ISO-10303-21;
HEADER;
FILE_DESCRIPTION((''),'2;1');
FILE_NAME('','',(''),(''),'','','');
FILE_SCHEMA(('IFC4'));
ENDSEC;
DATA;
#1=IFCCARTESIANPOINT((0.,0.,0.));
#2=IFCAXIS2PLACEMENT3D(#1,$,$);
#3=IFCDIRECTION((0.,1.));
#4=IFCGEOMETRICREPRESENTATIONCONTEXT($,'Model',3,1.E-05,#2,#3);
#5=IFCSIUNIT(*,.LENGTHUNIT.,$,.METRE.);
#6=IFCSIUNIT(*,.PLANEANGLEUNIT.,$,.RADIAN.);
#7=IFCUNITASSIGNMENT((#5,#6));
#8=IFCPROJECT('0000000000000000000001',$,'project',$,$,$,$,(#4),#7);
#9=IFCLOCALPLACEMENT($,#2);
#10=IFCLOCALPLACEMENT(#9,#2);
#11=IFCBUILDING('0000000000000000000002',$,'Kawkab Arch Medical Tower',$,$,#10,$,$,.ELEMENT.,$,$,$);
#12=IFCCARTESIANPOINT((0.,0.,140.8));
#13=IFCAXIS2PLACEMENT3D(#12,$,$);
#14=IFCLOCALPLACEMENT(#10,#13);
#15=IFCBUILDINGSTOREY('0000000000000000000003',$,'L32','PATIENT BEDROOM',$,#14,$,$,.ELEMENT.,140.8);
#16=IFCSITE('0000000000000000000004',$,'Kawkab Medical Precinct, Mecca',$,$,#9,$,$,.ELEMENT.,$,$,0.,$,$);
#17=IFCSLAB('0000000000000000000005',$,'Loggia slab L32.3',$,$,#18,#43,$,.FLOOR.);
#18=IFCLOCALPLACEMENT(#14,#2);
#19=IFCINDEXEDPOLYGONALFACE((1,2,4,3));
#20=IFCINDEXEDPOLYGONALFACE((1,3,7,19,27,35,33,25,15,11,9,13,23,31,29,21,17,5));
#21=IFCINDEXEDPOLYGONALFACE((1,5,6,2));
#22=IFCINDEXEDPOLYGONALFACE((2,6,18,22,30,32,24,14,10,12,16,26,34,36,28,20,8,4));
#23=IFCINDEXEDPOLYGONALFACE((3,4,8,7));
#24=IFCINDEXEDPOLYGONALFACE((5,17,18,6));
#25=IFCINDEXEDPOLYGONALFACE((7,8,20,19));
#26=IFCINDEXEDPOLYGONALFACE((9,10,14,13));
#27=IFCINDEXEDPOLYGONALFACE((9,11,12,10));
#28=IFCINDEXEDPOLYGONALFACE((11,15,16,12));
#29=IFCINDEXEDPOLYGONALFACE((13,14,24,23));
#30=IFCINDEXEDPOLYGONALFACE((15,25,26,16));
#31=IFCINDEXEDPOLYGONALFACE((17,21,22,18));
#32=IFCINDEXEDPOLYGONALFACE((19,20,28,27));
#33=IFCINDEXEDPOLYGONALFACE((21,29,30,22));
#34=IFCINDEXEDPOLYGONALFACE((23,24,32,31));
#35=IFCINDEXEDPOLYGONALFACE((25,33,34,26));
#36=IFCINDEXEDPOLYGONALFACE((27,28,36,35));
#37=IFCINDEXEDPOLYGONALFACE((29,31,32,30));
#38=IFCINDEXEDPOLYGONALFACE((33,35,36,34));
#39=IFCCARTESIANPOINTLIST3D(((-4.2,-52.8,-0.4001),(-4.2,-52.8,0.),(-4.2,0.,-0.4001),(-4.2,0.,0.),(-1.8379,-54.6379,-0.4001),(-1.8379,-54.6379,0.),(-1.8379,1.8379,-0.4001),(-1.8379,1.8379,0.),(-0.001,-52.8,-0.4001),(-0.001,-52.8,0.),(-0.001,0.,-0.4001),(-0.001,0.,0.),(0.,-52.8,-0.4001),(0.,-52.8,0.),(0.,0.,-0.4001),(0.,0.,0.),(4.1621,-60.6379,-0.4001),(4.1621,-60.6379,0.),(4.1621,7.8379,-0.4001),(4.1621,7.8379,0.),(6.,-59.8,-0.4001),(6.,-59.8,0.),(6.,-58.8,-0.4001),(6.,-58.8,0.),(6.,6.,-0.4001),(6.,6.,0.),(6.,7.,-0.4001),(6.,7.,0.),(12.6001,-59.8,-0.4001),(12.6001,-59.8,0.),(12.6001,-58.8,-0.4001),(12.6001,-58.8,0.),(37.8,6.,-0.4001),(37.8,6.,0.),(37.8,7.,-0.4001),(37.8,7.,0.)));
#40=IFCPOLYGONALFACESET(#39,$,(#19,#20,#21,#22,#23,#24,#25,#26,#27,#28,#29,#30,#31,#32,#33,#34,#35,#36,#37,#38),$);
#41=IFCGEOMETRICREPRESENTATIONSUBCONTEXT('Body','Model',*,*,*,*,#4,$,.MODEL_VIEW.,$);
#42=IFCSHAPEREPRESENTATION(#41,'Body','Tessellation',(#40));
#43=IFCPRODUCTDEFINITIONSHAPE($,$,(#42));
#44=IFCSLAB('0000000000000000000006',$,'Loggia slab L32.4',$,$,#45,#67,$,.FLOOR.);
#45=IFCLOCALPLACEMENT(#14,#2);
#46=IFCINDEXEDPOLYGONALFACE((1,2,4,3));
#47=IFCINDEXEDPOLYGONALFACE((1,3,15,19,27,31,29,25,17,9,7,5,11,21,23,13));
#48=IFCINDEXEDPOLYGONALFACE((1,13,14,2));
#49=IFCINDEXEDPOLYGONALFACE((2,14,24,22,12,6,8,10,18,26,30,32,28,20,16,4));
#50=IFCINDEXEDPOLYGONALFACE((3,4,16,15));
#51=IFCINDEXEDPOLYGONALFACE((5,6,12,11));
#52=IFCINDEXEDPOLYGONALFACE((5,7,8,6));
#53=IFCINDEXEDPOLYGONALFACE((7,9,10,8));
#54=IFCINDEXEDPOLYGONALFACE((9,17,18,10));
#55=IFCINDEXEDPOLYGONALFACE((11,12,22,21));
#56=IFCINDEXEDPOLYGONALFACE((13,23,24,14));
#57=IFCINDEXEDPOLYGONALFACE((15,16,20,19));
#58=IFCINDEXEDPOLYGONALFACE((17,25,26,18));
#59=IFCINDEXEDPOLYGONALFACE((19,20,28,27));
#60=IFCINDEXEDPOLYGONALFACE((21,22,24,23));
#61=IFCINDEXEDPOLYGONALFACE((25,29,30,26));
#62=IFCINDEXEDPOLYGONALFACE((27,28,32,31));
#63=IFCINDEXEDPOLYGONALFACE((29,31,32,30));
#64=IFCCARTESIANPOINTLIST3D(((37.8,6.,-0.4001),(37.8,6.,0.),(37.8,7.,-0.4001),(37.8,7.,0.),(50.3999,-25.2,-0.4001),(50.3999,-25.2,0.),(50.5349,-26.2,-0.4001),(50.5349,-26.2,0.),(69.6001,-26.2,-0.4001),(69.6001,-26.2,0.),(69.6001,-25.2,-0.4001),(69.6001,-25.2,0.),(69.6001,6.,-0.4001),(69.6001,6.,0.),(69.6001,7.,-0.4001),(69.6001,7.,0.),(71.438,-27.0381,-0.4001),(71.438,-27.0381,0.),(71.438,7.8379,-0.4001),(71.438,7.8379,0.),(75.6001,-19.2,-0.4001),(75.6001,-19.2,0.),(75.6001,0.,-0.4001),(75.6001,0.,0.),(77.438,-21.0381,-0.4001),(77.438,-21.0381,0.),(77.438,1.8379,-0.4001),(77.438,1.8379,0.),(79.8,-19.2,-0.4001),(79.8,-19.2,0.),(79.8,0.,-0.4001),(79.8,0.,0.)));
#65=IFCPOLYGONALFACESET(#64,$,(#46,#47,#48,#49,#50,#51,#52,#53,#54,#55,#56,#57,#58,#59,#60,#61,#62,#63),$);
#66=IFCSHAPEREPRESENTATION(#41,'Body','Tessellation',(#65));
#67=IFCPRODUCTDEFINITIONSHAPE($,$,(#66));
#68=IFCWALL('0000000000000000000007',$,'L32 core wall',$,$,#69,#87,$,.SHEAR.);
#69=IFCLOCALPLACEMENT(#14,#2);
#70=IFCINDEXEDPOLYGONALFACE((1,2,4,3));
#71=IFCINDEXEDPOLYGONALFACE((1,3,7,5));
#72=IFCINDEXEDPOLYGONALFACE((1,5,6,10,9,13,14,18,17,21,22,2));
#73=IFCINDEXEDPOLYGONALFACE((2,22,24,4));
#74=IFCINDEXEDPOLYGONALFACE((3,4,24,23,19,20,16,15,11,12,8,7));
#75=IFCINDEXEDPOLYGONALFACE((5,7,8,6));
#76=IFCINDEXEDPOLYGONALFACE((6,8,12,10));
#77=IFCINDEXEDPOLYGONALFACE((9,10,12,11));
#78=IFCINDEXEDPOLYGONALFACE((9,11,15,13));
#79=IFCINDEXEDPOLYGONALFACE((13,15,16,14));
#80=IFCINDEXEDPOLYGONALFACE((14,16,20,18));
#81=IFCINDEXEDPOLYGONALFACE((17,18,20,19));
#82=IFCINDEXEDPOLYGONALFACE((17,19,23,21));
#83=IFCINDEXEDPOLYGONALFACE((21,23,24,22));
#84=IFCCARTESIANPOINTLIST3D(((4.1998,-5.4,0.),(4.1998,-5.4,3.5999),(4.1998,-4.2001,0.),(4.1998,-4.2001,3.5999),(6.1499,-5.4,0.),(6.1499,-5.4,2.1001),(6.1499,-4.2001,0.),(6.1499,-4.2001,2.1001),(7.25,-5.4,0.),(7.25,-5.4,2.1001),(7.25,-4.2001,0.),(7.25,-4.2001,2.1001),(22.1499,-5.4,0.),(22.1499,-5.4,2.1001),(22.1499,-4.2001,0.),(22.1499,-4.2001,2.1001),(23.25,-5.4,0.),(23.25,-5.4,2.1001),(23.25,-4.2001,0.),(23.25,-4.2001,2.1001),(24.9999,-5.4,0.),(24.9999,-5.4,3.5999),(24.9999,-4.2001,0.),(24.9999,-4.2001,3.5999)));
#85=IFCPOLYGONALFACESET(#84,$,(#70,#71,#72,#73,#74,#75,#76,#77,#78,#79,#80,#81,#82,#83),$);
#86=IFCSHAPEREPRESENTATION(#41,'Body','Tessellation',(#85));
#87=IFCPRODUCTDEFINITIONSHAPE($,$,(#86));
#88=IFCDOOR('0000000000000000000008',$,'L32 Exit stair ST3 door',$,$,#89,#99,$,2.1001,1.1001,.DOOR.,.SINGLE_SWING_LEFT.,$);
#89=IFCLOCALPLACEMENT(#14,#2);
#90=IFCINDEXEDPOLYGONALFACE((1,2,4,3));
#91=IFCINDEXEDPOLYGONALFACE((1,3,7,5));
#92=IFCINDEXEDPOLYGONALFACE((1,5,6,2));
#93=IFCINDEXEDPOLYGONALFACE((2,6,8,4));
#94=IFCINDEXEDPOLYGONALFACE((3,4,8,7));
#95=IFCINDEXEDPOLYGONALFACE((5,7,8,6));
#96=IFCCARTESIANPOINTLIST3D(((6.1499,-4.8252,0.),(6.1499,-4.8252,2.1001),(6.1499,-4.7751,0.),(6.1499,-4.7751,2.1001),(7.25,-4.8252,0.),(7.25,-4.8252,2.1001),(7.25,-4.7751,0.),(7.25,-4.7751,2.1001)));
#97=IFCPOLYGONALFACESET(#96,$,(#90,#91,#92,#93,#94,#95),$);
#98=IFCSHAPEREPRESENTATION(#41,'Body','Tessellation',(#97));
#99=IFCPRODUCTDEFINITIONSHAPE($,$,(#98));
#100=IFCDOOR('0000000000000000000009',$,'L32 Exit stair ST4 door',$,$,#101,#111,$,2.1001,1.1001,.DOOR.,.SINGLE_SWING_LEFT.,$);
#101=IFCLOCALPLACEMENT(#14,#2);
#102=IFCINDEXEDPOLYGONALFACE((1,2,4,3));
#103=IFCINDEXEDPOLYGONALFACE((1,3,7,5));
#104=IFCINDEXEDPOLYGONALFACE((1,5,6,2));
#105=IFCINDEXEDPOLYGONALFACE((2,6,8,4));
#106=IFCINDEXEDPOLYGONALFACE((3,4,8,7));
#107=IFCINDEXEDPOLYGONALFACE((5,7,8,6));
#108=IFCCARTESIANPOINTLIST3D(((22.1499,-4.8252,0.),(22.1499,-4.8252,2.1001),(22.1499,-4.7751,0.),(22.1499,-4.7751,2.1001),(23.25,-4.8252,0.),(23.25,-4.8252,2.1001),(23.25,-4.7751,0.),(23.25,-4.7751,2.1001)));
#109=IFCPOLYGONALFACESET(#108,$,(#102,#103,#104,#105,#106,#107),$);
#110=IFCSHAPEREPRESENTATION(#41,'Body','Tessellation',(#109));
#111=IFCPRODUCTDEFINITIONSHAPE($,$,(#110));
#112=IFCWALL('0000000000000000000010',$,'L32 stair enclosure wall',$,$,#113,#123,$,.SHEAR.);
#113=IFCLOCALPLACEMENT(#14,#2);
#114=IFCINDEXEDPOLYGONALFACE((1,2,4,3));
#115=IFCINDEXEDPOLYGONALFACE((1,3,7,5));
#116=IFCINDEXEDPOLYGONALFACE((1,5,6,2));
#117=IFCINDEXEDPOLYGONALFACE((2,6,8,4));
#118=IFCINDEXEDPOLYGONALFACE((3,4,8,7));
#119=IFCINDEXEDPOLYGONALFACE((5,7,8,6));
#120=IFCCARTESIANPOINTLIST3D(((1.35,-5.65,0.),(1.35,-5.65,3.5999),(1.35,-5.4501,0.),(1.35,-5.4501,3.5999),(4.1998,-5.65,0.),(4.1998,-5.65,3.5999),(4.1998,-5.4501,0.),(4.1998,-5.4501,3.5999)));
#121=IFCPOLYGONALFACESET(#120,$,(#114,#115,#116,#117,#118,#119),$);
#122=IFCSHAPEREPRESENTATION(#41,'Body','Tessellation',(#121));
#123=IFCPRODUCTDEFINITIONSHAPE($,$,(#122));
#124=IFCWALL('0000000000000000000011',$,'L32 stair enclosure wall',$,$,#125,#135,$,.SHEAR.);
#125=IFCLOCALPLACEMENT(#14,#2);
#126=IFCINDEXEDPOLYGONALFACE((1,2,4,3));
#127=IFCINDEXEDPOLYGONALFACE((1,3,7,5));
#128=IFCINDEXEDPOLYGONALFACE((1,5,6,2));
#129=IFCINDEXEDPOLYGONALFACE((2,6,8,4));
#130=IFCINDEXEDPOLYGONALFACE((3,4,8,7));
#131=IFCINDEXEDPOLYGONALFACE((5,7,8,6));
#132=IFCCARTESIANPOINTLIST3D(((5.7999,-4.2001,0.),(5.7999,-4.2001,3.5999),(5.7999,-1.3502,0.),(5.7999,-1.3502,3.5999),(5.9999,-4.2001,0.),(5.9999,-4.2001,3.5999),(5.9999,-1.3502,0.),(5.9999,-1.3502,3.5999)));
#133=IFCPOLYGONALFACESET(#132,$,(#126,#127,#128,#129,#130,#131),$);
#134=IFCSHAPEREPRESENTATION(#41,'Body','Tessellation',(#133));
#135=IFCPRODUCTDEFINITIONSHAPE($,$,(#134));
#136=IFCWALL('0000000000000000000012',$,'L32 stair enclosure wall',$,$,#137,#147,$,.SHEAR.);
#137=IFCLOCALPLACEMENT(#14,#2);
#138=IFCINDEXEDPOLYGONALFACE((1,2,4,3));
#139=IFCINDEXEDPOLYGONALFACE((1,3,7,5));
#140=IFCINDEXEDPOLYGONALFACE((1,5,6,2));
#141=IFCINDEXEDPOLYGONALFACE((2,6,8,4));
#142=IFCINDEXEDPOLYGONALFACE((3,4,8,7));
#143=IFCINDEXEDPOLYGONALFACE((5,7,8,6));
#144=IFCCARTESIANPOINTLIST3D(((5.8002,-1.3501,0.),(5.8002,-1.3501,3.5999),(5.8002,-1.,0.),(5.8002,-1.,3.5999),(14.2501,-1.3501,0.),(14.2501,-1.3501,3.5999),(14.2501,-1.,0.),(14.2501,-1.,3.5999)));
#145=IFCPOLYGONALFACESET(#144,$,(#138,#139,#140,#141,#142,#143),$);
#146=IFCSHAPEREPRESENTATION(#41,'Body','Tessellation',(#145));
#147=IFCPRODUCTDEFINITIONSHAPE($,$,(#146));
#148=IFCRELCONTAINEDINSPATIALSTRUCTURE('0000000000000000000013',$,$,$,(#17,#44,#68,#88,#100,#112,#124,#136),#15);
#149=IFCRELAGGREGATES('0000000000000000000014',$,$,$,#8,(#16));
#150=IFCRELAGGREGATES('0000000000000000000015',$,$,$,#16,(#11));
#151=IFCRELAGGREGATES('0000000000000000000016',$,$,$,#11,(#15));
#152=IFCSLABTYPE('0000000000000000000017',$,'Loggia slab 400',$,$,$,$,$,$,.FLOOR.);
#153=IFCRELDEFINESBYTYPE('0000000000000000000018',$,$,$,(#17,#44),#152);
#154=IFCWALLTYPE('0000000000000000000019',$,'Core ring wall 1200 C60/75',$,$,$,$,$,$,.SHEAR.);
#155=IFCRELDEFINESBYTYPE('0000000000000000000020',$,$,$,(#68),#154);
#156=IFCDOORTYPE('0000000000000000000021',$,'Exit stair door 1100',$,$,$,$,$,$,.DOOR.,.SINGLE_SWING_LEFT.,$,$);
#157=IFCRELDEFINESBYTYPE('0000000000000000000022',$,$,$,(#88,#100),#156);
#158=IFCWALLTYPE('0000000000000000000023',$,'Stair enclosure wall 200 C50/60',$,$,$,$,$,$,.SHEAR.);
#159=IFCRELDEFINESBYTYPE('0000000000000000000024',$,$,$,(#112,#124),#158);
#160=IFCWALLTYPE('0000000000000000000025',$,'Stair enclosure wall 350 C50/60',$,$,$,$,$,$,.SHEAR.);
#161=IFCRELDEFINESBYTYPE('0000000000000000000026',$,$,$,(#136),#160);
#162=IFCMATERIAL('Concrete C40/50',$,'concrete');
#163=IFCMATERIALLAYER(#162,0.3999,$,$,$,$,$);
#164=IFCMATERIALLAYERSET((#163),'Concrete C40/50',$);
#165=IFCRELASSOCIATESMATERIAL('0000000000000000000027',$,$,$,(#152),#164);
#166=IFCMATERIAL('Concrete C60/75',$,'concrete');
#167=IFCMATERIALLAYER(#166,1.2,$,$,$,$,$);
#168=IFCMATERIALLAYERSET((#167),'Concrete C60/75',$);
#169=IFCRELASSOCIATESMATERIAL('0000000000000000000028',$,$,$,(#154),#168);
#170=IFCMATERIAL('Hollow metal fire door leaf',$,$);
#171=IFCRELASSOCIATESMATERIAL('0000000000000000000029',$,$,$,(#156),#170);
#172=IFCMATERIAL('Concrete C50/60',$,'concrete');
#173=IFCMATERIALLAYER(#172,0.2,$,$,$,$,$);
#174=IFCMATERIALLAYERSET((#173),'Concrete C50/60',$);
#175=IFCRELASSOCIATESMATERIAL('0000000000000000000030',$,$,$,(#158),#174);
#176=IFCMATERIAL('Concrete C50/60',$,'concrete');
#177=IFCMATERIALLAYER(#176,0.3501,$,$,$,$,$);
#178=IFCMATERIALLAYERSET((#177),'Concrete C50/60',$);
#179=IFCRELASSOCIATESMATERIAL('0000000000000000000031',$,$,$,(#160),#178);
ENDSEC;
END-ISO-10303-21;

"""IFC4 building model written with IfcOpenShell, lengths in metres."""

from ifc_helpers import new_model, si_unit, direction, frame, frame_2d, origin, place, context, subcontext, project, spatial, polyline, rectangle, outline, extrude, material, layer, layer_set, type_object, element, fill, save


model = new_model("IFC4")

# Units and contexts
model_context = context("Model", 3, precision=1e-05, world=origin(), true_north=direction((0.0, 1.0)))
body_context = subcontext(model_context, "Body", "Model", "MODEL_VIEW")
ifc_project = project(units=[si_unit("LENGTHUNIT", "METRE"), si_unit("PLANEANGLEUNIT", "RADIAN")], contexts=[model_context])

# Site, building, storey
site_placement = place(None, origin())
site = spatial("IfcSite", under=ifc_project, at=site_placement, Name="Kawkab Medical Precinct, Mecca", CompositionType="ELEMENT", RefElevation=0.0)
building_placement = place(site_placement, origin())
building = spatial("IfcBuilding", under=site, at=building_placement, Name="Kawkab Arch Medical Tower", CompositionType="ELEMENT")
storey_placement = place(building_placement, frame((0.0, 0.0, 140.8)))
storey = spatial("IfcBuildingStorey", under=building, at=storey_placement, Name="L32", Description="PATIENT BEDROOM", CompositionType="ELEMENT", Elevation=140.8)

# Slabs
ifc_material_1 = material(Name="Concrete C40/50", Category="concrete")
ifc_layer_1 = layer(ifc_material_1, 0.3999)
ifc_layer_set_1 = layer_set([ifc_layer_1], Name="Concrete C40/50")
slab_type_1 = type_object("IfcSlabType", Name="Loggia slab 400", PredefinedType="FLOOR", material=ifc_layer_set_1)
placement_1 = place(storey_placement, frame((0.0, 0.0, -0.4001)))
element("IfcSlab", 1, at=placement_1, inside=storey, type_object=slab_type_1, Name="Loggia slab L32.3", PredefinedType="FLOOR", context=body_context, shape_type="SweptSolid", body=[
    extrude(outline(polyline([(-4.2, 0.0), (-1.8379, 1.8379), (4.1621, 7.8379), (6.0, 7.0), (37.8, 7.0), (37.8, 6.0), (6.0, 6.0), (0.0, 0.0), (-0.001, 0.0), (-0.001, -52.8), (0.0, -52.8), (6.0, -58.8), (12.6001, -58.8), (12.6001, -59.8), (6.0, -59.8), (4.1621, -60.6379), (-1.8379, -54.6379), (-4.2, -52.8), (-4.2, 0.0)])), origin(), (0.0, 0.0, 1.0), 0.4001),
])
element("IfcSlab", 2, at=placement_1, inside=storey, type_object=slab_type_1, Name="Loggia slab L32.4", PredefinedType="FLOOR", context=body_context, shape_type="SweptSolid", body=[
    extrude(outline(polyline([(37.8, 7.0), (69.6001, 7.0), (71.438, 7.8379), (77.438, 1.8379), (79.8, 0.0), (79.8, -19.2), (77.438, -21.0381), (71.438, -27.0381), (69.6001, -26.2), (50.5349, -26.2), (50.3999, -25.2), (69.6001, -25.2), (75.6001, -19.2), (75.6001, 0.0), (69.6001, 6.0), (37.8, 6.0), (37.8, 7.0)])), origin(), (0.0, 0.0, 1.0), 0.4001),
])

# Wall, openings, doors
ifc_material_2 = material(Name="Concrete C60/75", Category="concrete")
ifc_layer_2 = layer(ifc_material_2, 1.2)
ifc_layer_set_2 = layer_set([ifc_layer_2], Name="Concrete C60/75")
wall_type_1 = type_object("IfcWallType", Name="Core ring wall 1200 C60/75", PredefinedType="SHEAR", material=ifc_layer_set_2)
wall_1_placement = place(storey_placement, frame((4.2, -4.8, 0.0), z_axis=(0.0, 0.0, 1.0), x_axis=(1.0, 0.0, 0.0)))
wall_1 = element("IfcWall", 3, at=wall_1_placement, inside=storey, type_object=wall_type_1, Name="L32 core wall", PredefinedType="SHEAR", context=body_context, shape_type="SweptSolid", body=[
    extrude(rectangle(XDim=20.8, YDim=1.2, at=frame_2d((10.3999, 0.0))), origin(), (0.0, 0.0, 1.0), 3.5999),
])
opening_1_placement = place(wall_1_placement, frame((1.95, 0.0, 0.0)))
opening_1 = element("IfcOpeningElement", 4, at=opening_1_placement, cuts=wall_1, PredefinedType="OPENING", context=body_context, shape_type="SweptSolid", body=[
    extrude(rectangle(XDim=1.1001, YDim=2.1001, at=frame_2d((0.55, 1.05))), frame((0.0, 0.6099, 0.0), z_axis=(0.0, -1.0, 0.0), x_axis=(1.0, 0.0, 0.0)), (0.0, 0.0, 1.0), 1.22),
])
opening_2_placement = place(wall_1_placement, frame((17.95, 0.0, 0.0)))
opening_2 = element("IfcOpeningElement", 5, at=opening_2_placement, cuts=wall_1, PredefinedType="OPENING", context=body_context, shape_type="SweptSolid", body=[
    extrude(rectangle(XDim=1.1001, YDim=2.1001, at=frame_2d((0.55, 1.05))), frame((0.0, 0.6099, 0.0), z_axis=(0.0, -1.0, 0.0), x_axis=(1.0, 0.0, 0.0)), (0.0, 0.0, 1.0), 1.22),
])
ifc_material_3 = material(Name="Hollow metal fire door leaf")
door_type = type_object("IfcDoorType", Name="Exit stair door 1100", OperationType="SINGLE_SWING_LEFT", PredefinedType="DOOR", material=ifc_material_3)
door_1_placement = place(opening_1_placement, origin())
door_1 = element("IfcDoor", 6, at=door_1_placement, inside=storey, type_object=door_type, Name="L32 Exit stair ST3 door", OperationType="SINGLE_SWING_LEFT", OverallHeight=2.1001, OverallWidth=1.1001, PredefinedType="DOOR", context=body_context, shape_type="SweptSolid", body=[
    extrude(rectangle(XDim=1.1001, YDim=2.1001, at=frame_2d((0.55, 1.05))), frame((0.0, 0.0249, 0.0), z_axis=(0.0, -1.0, 0.0), x_axis=(1.0, 0.0, 0.0)), (0.0, 0.0, 1.0), 0.05),
])
fill(opening_1, door_1)
door_2_placement = place(opening_2_placement, origin())
door_2 = element("IfcDoor", 7, at=door_2_placement, inside=storey, type_object=door_type, Name="L32 Exit stair ST4 door", OperationType="SINGLE_SWING_LEFT", OverallHeight=2.1001, OverallWidth=1.1001, PredefinedType="DOOR", context=body_context, shape_type="SweptSolid", body=[
    extrude(rectangle(XDim=1.1001, YDim=2.1001, at=frame_2d((0.55, 1.05))), frame((0.0, 0.0249, 0.0), z_axis=(0.0, -1.0, 0.0), x_axis=(1.0, 0.0, 0.0)), (0.0, 0.0, 1.0), 0.05),
])
fill(opening_2, door_2)

# Walls
ifc_material_4 = material(Name="Concrete C50/60", Category="concrete")
ifc_layer_3 = layer(ifc_material_4, 0.2)
ifc_layer_set_3 = layer_set([ifc_layer_3], Name="Concrete C50/60")
wall_type_2 = type_object("IfcWallType", Name="Stair enclosure wall 200 C50/60", PredefinedType="SHEAR", material=ifc_layer_set_3)
for number, where, z_axis, x_axis, name in (
    (8, (1.3501, -5.55, 0.0), (0.0, 0.0, 1.0), (1.0, 0.0, 0.0), "L32 stair enclosure wall"),
    (9, (5.8999, -4.2, 0.0), (0.0, 0.0, 1.0), (0.0, 1.0, 0.0), "L32 stair enclosure wall"),
):
    element("IfcWall", number, at=place(storey_placement, frame(where, z_axis=z_axis, x_axis=x_axis)), inside=storey, type_object=wall_type_2, Name=name, PredefinedType="SHEAR", context=body_context, shape_type="SweptSolid", body=[
        extrude(rectangle(XDim=2.8499, YDim=0.2, at=frame_2d((1.4248, 0.0))), origin(), (0.0, 0.0, 1.0), 3.5999),
    ])
ifc_material_5 = material(Name="Concrete C50/60", Category="concrete")
ifc_layer_4 = layer(ifc_material_5, 0.3501)
ifc_layer_set_4 = layer_set([ifc_layer_4], Name="Concrete C50/60")
wall_type_3 = type_object("IfcWallType", Name="Stair enclosure wall 350 C50/60", PredefinedType="SHEAR", material=ifc_layer_set_4)
wall_2_placement = place(storey_placement, frame((5.8, -1.175, 0.0), z_axis=(0.0, 0.0, 1.0), x_axis=(1.0, 0.0, 0.0)))
element("IfcWall", 10, at=wall_2_placement, inside=storey, type_object=wall_type_3, Name="L32 stair enclosure wall", PredefinedType="SHEAR", context=body_context, shape_type="SweptSolid", body=[
    extrude(rectangle(XDim=8.45, YDim=0.3501, at=frame_2d((4.2251, 0.0))), origin(), (0.0, 0.0, 1.0), 3.5999),
])

save(model, "model.ifc")
